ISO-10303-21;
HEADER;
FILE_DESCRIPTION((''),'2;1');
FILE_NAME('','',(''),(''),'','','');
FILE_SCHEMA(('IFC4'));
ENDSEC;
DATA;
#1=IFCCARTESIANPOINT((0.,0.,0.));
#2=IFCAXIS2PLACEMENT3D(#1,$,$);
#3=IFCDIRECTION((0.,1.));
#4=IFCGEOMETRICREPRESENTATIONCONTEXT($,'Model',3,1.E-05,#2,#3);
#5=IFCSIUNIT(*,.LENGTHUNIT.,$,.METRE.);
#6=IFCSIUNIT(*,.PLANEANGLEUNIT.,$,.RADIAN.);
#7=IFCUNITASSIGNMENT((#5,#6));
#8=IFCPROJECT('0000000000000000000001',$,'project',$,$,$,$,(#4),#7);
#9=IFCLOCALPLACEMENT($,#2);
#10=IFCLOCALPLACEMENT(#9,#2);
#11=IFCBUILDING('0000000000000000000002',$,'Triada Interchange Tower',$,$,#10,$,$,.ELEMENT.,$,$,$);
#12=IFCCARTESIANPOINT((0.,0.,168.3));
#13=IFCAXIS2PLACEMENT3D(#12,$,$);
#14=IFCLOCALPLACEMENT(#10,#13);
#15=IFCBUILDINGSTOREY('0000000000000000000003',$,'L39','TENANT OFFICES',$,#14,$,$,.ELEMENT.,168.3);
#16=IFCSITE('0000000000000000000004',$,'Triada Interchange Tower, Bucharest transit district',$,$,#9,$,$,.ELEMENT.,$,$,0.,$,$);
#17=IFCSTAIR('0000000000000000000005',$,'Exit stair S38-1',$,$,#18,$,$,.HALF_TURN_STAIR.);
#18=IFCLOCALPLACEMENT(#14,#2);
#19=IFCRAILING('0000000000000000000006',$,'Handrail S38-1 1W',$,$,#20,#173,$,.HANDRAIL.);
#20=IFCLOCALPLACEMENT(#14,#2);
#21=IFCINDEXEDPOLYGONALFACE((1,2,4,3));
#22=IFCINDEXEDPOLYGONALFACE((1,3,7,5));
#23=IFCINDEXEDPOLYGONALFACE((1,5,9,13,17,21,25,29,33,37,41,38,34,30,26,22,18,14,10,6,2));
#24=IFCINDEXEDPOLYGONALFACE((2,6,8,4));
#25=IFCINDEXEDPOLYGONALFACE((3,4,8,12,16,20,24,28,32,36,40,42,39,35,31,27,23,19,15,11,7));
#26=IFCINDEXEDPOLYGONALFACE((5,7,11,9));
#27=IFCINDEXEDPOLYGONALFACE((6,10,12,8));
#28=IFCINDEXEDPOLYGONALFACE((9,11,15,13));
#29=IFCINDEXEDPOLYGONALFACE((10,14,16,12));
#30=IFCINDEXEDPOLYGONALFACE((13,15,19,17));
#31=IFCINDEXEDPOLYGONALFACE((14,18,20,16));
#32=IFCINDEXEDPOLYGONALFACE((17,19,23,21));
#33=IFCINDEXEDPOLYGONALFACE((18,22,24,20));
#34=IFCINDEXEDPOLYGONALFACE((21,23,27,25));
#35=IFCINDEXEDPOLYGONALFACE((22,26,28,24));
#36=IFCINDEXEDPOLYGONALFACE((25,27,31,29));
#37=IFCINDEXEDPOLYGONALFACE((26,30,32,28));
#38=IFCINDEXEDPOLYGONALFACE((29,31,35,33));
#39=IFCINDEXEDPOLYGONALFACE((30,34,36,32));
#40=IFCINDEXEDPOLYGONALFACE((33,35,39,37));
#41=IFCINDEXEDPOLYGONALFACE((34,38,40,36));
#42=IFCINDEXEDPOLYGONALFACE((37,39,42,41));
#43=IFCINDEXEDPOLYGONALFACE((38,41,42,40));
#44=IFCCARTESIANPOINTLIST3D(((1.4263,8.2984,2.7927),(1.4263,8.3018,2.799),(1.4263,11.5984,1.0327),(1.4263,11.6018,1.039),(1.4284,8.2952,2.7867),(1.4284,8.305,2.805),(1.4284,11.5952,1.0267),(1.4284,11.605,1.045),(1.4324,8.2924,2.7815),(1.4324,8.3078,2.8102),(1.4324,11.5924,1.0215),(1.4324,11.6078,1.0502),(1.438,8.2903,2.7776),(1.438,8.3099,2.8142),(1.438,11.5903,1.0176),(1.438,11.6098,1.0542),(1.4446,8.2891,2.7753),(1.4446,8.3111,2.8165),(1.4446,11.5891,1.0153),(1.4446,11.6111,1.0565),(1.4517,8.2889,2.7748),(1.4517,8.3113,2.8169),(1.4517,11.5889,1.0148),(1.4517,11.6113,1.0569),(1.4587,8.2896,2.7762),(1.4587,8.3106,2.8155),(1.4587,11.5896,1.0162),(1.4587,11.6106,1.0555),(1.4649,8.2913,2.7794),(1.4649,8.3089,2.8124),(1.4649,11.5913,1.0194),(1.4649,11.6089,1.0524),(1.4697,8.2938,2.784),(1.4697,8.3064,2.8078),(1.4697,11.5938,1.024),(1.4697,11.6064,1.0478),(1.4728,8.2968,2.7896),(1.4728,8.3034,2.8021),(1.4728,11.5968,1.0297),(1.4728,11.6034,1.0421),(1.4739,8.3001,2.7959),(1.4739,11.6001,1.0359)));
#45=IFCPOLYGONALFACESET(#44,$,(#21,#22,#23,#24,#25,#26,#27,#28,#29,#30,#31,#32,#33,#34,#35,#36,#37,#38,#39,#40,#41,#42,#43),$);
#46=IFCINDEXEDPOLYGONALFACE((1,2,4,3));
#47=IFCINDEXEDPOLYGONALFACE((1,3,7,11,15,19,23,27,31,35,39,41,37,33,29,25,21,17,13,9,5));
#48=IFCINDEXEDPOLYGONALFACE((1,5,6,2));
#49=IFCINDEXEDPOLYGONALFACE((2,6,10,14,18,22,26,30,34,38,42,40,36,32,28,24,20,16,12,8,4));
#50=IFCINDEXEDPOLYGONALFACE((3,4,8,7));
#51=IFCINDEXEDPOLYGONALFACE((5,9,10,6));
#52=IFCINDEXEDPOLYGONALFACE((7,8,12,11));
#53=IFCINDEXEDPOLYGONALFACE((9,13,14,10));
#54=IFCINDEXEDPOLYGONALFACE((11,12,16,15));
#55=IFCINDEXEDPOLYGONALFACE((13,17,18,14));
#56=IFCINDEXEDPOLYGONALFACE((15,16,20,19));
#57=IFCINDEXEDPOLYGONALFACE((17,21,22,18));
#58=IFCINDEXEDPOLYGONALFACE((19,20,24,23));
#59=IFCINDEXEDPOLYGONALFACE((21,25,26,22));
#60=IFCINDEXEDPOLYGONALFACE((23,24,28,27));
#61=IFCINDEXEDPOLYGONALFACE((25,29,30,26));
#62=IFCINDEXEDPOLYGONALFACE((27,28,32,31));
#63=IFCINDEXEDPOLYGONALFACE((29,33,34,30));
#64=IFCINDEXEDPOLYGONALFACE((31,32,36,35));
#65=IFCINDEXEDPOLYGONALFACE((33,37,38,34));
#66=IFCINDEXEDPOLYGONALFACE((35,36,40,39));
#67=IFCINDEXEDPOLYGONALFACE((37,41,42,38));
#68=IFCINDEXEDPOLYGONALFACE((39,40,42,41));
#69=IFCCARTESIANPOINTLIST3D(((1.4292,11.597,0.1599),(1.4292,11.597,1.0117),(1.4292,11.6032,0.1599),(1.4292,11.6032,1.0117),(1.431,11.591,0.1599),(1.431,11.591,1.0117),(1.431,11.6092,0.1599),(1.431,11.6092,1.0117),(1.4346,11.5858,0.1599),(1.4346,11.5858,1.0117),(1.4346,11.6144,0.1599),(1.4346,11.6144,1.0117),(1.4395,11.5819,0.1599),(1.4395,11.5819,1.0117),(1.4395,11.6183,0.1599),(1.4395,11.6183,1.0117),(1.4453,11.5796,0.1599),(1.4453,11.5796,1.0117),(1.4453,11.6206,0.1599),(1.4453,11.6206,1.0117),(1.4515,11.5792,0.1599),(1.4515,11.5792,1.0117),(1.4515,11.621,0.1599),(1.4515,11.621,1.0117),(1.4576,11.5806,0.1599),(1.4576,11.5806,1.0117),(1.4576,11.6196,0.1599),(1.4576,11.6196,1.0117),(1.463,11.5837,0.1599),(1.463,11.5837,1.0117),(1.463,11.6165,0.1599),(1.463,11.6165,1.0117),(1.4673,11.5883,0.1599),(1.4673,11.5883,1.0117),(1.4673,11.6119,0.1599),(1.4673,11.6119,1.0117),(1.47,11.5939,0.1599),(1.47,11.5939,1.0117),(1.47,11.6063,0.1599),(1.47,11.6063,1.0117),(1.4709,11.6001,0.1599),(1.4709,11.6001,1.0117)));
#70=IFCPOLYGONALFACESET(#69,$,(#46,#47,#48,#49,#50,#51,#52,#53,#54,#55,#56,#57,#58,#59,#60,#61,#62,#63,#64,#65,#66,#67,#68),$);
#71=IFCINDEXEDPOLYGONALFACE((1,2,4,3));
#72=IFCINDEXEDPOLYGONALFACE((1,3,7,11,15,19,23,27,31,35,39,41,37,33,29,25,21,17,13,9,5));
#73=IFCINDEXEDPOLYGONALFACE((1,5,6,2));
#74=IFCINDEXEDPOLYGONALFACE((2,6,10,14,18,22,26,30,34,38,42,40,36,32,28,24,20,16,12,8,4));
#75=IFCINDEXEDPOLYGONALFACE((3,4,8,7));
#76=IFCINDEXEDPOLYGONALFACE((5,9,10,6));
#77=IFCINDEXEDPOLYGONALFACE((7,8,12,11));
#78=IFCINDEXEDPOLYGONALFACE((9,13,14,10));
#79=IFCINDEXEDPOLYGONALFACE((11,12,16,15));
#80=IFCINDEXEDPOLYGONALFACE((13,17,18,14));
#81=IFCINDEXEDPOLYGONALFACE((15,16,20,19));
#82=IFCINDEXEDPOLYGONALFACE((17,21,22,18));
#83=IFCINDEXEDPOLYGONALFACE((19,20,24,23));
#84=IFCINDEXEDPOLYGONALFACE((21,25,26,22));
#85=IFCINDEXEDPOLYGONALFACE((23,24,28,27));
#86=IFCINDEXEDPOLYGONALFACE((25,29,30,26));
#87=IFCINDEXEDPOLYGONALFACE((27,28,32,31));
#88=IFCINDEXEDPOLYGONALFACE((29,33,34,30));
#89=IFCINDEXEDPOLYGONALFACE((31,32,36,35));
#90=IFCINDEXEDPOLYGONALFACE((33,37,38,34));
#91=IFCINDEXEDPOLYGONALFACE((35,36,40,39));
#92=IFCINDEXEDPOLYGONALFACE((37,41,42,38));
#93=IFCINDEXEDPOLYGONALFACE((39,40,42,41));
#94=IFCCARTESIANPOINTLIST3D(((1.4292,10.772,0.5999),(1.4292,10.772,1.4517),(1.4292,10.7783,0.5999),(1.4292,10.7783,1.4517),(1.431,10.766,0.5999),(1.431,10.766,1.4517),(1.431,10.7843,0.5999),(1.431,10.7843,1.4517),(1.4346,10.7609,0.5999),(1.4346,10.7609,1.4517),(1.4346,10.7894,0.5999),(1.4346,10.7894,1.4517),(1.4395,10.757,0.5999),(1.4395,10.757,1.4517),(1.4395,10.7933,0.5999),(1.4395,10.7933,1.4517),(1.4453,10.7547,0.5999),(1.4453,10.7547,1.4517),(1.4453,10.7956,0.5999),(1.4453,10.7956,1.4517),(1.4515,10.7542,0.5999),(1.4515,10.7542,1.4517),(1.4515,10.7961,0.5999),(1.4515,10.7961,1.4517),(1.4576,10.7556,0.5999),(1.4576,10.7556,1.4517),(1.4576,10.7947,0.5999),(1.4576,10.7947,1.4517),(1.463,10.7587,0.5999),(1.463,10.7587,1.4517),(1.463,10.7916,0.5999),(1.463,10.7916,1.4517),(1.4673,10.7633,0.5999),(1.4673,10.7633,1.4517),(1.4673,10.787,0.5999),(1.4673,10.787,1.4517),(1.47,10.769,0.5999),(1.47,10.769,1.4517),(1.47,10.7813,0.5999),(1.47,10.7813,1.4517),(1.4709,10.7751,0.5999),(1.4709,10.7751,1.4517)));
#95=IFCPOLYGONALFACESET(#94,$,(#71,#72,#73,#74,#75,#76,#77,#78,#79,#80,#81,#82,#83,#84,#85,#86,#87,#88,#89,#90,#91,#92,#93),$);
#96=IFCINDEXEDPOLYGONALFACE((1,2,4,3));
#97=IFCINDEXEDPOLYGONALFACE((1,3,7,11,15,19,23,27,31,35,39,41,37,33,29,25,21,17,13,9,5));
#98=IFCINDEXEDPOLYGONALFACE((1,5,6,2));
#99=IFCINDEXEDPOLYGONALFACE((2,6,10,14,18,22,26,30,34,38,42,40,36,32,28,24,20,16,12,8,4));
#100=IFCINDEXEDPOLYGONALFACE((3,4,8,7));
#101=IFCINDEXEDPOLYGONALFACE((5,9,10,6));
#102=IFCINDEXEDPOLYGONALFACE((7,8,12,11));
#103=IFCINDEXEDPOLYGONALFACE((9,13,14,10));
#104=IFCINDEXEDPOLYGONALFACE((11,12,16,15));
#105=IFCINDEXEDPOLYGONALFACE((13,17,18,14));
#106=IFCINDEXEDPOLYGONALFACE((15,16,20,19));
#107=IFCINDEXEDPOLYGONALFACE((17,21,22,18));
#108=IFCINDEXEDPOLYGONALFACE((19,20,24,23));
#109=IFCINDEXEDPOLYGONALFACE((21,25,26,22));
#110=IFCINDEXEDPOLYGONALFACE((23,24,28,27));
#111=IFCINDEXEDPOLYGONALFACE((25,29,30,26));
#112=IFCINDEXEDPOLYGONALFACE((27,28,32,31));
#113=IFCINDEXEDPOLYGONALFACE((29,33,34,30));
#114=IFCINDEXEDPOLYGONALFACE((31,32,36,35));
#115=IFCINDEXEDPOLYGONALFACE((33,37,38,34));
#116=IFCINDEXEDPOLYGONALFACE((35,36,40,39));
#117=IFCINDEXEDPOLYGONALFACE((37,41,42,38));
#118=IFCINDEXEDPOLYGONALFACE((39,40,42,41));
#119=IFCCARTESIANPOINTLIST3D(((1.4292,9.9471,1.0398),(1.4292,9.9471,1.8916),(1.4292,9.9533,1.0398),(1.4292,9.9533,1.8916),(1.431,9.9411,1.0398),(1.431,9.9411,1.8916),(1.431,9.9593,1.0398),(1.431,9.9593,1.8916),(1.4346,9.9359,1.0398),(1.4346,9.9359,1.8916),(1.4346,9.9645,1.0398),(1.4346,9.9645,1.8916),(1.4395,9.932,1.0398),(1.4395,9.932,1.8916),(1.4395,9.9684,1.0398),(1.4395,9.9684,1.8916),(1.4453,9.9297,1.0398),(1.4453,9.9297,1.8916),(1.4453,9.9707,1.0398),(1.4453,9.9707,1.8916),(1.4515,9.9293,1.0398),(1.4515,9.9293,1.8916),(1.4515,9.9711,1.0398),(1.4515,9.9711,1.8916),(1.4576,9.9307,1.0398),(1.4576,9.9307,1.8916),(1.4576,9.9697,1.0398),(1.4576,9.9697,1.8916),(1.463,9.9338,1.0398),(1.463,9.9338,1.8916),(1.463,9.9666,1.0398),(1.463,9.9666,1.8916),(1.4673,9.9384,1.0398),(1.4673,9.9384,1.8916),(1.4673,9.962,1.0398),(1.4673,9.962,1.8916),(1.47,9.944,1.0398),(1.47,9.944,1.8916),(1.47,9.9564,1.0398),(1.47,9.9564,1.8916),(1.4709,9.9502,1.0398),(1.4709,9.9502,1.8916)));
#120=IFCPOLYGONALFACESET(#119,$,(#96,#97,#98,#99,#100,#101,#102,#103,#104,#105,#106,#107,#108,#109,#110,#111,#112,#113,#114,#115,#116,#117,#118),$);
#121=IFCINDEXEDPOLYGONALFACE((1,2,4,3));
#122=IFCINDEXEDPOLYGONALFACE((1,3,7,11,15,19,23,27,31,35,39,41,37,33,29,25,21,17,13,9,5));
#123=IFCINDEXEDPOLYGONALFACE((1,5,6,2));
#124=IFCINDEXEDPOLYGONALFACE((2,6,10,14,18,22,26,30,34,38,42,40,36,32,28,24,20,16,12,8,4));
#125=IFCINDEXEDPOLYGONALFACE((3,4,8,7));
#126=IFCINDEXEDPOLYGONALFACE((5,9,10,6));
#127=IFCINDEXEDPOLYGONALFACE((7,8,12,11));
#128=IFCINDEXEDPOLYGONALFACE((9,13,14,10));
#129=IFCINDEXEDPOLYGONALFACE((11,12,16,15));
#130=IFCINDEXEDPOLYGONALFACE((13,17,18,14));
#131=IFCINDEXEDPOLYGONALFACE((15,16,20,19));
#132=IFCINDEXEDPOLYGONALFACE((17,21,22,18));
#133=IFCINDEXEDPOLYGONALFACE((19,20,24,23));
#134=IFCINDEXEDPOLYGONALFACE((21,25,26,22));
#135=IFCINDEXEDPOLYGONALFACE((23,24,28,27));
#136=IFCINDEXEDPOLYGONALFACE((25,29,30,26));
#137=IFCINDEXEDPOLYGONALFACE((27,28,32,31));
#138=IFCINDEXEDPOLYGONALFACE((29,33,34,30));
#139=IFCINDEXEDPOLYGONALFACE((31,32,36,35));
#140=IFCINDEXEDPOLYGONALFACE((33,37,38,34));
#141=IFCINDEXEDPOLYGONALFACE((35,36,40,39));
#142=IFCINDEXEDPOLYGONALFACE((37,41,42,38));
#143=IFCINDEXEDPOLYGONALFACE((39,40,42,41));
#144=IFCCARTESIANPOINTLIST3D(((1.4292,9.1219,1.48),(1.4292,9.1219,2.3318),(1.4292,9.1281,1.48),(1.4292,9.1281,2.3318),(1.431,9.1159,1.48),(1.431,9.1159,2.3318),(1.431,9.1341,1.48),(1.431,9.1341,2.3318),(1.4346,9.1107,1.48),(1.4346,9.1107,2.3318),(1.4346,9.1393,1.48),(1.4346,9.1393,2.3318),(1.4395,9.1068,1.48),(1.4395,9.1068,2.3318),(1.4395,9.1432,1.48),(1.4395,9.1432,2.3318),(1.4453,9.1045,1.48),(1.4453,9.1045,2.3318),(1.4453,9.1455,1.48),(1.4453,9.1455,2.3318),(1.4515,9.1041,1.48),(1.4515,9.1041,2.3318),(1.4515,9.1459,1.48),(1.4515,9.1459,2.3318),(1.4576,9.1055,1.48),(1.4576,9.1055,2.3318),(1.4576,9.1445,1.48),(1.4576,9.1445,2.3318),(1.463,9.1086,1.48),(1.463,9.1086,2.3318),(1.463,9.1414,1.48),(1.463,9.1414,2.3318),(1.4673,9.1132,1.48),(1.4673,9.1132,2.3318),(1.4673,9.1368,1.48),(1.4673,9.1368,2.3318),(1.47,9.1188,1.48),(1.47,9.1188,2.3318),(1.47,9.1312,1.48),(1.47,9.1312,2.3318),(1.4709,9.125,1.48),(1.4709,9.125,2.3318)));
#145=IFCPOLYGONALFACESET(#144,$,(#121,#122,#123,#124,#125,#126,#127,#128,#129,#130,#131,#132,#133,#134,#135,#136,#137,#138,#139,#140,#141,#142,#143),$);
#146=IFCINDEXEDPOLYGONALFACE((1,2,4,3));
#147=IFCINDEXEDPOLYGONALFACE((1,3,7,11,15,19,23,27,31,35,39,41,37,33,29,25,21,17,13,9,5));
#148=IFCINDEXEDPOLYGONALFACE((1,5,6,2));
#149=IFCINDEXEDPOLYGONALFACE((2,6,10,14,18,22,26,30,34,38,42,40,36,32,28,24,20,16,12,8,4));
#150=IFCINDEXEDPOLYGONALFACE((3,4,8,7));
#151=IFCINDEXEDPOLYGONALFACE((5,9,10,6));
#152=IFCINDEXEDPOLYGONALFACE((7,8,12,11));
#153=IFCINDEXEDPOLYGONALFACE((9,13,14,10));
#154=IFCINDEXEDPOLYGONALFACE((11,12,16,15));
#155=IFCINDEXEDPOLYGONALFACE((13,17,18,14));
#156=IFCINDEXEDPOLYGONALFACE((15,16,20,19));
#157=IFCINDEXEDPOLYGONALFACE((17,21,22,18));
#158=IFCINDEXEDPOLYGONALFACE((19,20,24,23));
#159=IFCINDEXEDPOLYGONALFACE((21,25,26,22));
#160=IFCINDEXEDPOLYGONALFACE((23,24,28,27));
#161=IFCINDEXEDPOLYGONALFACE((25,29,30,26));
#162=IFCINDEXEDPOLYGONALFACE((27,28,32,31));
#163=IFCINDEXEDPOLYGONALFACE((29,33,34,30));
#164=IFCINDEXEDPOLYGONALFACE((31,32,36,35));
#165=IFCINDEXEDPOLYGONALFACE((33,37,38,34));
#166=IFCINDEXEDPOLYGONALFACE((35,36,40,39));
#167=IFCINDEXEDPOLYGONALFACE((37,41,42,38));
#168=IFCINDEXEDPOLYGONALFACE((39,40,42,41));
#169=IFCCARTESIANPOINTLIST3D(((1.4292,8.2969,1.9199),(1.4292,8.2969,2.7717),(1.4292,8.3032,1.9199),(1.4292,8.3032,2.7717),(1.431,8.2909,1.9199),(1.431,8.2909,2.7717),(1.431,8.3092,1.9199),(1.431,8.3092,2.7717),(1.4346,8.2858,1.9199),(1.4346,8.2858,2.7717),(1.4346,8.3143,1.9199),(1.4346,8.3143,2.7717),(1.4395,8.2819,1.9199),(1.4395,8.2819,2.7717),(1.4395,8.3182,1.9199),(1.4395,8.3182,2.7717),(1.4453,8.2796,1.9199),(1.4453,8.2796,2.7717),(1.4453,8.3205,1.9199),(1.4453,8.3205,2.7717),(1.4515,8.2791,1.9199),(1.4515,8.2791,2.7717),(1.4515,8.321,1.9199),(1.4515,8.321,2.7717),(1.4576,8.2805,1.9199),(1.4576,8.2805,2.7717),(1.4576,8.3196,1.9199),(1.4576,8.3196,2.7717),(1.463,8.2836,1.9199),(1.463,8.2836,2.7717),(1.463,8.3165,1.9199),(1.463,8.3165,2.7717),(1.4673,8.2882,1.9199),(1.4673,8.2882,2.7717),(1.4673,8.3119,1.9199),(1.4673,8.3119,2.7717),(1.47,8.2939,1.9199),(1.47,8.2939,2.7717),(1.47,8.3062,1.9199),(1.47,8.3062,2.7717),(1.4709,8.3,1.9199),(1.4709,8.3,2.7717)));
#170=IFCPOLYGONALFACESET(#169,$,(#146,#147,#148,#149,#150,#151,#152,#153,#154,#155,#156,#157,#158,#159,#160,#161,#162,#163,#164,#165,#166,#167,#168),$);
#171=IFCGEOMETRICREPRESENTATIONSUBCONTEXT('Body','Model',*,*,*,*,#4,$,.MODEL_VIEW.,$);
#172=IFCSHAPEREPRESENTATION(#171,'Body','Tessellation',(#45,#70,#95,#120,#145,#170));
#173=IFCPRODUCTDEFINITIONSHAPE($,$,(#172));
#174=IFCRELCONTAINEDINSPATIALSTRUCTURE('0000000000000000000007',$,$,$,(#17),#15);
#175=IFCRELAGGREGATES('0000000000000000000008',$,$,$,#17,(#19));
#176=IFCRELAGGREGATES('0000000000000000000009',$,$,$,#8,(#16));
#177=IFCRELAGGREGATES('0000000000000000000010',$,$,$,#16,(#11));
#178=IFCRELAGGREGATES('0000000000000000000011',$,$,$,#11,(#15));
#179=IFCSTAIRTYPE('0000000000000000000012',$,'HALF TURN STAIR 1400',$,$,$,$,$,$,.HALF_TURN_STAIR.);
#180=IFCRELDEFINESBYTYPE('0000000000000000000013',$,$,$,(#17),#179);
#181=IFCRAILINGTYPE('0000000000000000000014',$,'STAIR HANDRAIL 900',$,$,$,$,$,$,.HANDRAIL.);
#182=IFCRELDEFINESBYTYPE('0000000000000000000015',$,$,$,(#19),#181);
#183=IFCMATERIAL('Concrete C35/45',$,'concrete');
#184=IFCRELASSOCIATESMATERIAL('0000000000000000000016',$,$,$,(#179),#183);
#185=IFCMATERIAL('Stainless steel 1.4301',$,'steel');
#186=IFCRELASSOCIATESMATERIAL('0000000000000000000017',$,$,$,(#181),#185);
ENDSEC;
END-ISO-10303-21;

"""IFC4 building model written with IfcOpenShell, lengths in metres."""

from ifc_helpers import new_model, si_unit, direction, frame, origin, origin_2d, place, context, subcontext, project, spatial, circle, extrude, material, type_object, element, aggregate, save


model = new_model("IFC4")

# Units and contexts
model_context = context("Model", 3, precision=1e-05, world=origin(), true_north=direction((0.0, 1.0)))
body_context = subcontext(model_context, "Body", "Model", "MODEL_VIEW")
ifc_project = project(units=[si_unit("LENGTHUNIT", "METRE"), si_unit("PLANEANGLEUNIT", "RADIAN")], contexts=[model_context])

# Site, building, storey
site_placement = place(None, origin())
site = spatial("IfcSite", under=ifc_project, at=site_placement, Name="Triada Interchange Tower, Bucharest transit district", CompositionType="ELEMENT", RefElevation=0.0)
building_placement = place(site_placement, origin())
building = spatial("IfcBuilding", under=site, at=building_placement, Name="Triada Interchange Tower", CompositionType="ELEMENT")
storey_placement = place(building_placement, frame((0.0, 0.0, 168.3)))
storey = spatial("IfcBuildingStorey", under=building, at=storey_placement, Name="L39", Description="TENANT OFFICES", CompositionType="ELEMENT", Elevation=168.3)

# Stair
ifc_material_1 = material(Name="Concrete C35/45", Category="concrete")
stair_type = type_object("IfcStairType", Name="HALF TURN STAIR 1400", PredefinedType="HALF_TURN_STAIR", material=ifc_material_1)
stair_placement = place(storey_placement, origin())
stair = element("IfcStair", 1, at=stair_placement, inside=storey, type_object=stair_type, Name="Exit stair S38-1", PredefinedType="HALF_TURN_STAIR")

# Railing
ifc_material_2 = material(Name="Stainless steel 1.4301", Category="steel")
railing_type = type_object("IfcRailingType", Name="STAIR HANDRAIL 900", PredefinedType="HANDRAIL", material=ifc_material_2)
railing_1_placement = place(storey_placement, frame((1.45, 11.6001, 0.1599)))
railing_1 = element("IfcRailing", 2, at=railing_1_placement, type_object=railing_type, Name="Handrail S38-1 1W", PredefinedType="HANDRAIL", context=body_context, shape_type="SweptSolid", body=[
    extrude(circle(Radius=0.0239, at=origin_2d()), frame((0.0, 0.0, 0.876), z_axis=(0.0, -0.882355, 0.470585), x_axis=(1.0, 0.0, 0.0)), (0.0, 0.0, 1.0), 3.74),
    extrude(circle(Radius=0.021, at=origin_2d()), origin(), (0.0, 0.0, 1.0), 0.8518),
    extrude(circle(Radius=0.021, at=origin_2d()), frame((0.0, -0.825, 0.4399)), (0.0, 0.0, 1.0), 0.8518),
    extrude(circle(Radius=0.021, at=origin_2d()), frame((0.0, -1.6499, 0.8799)), (0.0, 0.0, 1.0), 0.8518),
    extrude(circle(Radius=0.021, at=origin_2d()), frame((0.0, -2.4751, 1.3201)), (0.0, 0.0, 1.0), 0.8518),
    extrude(circle(Radius=0.021, at=origin_2d()), frame((0.0, -3.3, 1.76)), (0.0, 0.0, 1.0), 0.8518),
])
aggregate(stair, [railing_1])

save(model, "model.ifc")
